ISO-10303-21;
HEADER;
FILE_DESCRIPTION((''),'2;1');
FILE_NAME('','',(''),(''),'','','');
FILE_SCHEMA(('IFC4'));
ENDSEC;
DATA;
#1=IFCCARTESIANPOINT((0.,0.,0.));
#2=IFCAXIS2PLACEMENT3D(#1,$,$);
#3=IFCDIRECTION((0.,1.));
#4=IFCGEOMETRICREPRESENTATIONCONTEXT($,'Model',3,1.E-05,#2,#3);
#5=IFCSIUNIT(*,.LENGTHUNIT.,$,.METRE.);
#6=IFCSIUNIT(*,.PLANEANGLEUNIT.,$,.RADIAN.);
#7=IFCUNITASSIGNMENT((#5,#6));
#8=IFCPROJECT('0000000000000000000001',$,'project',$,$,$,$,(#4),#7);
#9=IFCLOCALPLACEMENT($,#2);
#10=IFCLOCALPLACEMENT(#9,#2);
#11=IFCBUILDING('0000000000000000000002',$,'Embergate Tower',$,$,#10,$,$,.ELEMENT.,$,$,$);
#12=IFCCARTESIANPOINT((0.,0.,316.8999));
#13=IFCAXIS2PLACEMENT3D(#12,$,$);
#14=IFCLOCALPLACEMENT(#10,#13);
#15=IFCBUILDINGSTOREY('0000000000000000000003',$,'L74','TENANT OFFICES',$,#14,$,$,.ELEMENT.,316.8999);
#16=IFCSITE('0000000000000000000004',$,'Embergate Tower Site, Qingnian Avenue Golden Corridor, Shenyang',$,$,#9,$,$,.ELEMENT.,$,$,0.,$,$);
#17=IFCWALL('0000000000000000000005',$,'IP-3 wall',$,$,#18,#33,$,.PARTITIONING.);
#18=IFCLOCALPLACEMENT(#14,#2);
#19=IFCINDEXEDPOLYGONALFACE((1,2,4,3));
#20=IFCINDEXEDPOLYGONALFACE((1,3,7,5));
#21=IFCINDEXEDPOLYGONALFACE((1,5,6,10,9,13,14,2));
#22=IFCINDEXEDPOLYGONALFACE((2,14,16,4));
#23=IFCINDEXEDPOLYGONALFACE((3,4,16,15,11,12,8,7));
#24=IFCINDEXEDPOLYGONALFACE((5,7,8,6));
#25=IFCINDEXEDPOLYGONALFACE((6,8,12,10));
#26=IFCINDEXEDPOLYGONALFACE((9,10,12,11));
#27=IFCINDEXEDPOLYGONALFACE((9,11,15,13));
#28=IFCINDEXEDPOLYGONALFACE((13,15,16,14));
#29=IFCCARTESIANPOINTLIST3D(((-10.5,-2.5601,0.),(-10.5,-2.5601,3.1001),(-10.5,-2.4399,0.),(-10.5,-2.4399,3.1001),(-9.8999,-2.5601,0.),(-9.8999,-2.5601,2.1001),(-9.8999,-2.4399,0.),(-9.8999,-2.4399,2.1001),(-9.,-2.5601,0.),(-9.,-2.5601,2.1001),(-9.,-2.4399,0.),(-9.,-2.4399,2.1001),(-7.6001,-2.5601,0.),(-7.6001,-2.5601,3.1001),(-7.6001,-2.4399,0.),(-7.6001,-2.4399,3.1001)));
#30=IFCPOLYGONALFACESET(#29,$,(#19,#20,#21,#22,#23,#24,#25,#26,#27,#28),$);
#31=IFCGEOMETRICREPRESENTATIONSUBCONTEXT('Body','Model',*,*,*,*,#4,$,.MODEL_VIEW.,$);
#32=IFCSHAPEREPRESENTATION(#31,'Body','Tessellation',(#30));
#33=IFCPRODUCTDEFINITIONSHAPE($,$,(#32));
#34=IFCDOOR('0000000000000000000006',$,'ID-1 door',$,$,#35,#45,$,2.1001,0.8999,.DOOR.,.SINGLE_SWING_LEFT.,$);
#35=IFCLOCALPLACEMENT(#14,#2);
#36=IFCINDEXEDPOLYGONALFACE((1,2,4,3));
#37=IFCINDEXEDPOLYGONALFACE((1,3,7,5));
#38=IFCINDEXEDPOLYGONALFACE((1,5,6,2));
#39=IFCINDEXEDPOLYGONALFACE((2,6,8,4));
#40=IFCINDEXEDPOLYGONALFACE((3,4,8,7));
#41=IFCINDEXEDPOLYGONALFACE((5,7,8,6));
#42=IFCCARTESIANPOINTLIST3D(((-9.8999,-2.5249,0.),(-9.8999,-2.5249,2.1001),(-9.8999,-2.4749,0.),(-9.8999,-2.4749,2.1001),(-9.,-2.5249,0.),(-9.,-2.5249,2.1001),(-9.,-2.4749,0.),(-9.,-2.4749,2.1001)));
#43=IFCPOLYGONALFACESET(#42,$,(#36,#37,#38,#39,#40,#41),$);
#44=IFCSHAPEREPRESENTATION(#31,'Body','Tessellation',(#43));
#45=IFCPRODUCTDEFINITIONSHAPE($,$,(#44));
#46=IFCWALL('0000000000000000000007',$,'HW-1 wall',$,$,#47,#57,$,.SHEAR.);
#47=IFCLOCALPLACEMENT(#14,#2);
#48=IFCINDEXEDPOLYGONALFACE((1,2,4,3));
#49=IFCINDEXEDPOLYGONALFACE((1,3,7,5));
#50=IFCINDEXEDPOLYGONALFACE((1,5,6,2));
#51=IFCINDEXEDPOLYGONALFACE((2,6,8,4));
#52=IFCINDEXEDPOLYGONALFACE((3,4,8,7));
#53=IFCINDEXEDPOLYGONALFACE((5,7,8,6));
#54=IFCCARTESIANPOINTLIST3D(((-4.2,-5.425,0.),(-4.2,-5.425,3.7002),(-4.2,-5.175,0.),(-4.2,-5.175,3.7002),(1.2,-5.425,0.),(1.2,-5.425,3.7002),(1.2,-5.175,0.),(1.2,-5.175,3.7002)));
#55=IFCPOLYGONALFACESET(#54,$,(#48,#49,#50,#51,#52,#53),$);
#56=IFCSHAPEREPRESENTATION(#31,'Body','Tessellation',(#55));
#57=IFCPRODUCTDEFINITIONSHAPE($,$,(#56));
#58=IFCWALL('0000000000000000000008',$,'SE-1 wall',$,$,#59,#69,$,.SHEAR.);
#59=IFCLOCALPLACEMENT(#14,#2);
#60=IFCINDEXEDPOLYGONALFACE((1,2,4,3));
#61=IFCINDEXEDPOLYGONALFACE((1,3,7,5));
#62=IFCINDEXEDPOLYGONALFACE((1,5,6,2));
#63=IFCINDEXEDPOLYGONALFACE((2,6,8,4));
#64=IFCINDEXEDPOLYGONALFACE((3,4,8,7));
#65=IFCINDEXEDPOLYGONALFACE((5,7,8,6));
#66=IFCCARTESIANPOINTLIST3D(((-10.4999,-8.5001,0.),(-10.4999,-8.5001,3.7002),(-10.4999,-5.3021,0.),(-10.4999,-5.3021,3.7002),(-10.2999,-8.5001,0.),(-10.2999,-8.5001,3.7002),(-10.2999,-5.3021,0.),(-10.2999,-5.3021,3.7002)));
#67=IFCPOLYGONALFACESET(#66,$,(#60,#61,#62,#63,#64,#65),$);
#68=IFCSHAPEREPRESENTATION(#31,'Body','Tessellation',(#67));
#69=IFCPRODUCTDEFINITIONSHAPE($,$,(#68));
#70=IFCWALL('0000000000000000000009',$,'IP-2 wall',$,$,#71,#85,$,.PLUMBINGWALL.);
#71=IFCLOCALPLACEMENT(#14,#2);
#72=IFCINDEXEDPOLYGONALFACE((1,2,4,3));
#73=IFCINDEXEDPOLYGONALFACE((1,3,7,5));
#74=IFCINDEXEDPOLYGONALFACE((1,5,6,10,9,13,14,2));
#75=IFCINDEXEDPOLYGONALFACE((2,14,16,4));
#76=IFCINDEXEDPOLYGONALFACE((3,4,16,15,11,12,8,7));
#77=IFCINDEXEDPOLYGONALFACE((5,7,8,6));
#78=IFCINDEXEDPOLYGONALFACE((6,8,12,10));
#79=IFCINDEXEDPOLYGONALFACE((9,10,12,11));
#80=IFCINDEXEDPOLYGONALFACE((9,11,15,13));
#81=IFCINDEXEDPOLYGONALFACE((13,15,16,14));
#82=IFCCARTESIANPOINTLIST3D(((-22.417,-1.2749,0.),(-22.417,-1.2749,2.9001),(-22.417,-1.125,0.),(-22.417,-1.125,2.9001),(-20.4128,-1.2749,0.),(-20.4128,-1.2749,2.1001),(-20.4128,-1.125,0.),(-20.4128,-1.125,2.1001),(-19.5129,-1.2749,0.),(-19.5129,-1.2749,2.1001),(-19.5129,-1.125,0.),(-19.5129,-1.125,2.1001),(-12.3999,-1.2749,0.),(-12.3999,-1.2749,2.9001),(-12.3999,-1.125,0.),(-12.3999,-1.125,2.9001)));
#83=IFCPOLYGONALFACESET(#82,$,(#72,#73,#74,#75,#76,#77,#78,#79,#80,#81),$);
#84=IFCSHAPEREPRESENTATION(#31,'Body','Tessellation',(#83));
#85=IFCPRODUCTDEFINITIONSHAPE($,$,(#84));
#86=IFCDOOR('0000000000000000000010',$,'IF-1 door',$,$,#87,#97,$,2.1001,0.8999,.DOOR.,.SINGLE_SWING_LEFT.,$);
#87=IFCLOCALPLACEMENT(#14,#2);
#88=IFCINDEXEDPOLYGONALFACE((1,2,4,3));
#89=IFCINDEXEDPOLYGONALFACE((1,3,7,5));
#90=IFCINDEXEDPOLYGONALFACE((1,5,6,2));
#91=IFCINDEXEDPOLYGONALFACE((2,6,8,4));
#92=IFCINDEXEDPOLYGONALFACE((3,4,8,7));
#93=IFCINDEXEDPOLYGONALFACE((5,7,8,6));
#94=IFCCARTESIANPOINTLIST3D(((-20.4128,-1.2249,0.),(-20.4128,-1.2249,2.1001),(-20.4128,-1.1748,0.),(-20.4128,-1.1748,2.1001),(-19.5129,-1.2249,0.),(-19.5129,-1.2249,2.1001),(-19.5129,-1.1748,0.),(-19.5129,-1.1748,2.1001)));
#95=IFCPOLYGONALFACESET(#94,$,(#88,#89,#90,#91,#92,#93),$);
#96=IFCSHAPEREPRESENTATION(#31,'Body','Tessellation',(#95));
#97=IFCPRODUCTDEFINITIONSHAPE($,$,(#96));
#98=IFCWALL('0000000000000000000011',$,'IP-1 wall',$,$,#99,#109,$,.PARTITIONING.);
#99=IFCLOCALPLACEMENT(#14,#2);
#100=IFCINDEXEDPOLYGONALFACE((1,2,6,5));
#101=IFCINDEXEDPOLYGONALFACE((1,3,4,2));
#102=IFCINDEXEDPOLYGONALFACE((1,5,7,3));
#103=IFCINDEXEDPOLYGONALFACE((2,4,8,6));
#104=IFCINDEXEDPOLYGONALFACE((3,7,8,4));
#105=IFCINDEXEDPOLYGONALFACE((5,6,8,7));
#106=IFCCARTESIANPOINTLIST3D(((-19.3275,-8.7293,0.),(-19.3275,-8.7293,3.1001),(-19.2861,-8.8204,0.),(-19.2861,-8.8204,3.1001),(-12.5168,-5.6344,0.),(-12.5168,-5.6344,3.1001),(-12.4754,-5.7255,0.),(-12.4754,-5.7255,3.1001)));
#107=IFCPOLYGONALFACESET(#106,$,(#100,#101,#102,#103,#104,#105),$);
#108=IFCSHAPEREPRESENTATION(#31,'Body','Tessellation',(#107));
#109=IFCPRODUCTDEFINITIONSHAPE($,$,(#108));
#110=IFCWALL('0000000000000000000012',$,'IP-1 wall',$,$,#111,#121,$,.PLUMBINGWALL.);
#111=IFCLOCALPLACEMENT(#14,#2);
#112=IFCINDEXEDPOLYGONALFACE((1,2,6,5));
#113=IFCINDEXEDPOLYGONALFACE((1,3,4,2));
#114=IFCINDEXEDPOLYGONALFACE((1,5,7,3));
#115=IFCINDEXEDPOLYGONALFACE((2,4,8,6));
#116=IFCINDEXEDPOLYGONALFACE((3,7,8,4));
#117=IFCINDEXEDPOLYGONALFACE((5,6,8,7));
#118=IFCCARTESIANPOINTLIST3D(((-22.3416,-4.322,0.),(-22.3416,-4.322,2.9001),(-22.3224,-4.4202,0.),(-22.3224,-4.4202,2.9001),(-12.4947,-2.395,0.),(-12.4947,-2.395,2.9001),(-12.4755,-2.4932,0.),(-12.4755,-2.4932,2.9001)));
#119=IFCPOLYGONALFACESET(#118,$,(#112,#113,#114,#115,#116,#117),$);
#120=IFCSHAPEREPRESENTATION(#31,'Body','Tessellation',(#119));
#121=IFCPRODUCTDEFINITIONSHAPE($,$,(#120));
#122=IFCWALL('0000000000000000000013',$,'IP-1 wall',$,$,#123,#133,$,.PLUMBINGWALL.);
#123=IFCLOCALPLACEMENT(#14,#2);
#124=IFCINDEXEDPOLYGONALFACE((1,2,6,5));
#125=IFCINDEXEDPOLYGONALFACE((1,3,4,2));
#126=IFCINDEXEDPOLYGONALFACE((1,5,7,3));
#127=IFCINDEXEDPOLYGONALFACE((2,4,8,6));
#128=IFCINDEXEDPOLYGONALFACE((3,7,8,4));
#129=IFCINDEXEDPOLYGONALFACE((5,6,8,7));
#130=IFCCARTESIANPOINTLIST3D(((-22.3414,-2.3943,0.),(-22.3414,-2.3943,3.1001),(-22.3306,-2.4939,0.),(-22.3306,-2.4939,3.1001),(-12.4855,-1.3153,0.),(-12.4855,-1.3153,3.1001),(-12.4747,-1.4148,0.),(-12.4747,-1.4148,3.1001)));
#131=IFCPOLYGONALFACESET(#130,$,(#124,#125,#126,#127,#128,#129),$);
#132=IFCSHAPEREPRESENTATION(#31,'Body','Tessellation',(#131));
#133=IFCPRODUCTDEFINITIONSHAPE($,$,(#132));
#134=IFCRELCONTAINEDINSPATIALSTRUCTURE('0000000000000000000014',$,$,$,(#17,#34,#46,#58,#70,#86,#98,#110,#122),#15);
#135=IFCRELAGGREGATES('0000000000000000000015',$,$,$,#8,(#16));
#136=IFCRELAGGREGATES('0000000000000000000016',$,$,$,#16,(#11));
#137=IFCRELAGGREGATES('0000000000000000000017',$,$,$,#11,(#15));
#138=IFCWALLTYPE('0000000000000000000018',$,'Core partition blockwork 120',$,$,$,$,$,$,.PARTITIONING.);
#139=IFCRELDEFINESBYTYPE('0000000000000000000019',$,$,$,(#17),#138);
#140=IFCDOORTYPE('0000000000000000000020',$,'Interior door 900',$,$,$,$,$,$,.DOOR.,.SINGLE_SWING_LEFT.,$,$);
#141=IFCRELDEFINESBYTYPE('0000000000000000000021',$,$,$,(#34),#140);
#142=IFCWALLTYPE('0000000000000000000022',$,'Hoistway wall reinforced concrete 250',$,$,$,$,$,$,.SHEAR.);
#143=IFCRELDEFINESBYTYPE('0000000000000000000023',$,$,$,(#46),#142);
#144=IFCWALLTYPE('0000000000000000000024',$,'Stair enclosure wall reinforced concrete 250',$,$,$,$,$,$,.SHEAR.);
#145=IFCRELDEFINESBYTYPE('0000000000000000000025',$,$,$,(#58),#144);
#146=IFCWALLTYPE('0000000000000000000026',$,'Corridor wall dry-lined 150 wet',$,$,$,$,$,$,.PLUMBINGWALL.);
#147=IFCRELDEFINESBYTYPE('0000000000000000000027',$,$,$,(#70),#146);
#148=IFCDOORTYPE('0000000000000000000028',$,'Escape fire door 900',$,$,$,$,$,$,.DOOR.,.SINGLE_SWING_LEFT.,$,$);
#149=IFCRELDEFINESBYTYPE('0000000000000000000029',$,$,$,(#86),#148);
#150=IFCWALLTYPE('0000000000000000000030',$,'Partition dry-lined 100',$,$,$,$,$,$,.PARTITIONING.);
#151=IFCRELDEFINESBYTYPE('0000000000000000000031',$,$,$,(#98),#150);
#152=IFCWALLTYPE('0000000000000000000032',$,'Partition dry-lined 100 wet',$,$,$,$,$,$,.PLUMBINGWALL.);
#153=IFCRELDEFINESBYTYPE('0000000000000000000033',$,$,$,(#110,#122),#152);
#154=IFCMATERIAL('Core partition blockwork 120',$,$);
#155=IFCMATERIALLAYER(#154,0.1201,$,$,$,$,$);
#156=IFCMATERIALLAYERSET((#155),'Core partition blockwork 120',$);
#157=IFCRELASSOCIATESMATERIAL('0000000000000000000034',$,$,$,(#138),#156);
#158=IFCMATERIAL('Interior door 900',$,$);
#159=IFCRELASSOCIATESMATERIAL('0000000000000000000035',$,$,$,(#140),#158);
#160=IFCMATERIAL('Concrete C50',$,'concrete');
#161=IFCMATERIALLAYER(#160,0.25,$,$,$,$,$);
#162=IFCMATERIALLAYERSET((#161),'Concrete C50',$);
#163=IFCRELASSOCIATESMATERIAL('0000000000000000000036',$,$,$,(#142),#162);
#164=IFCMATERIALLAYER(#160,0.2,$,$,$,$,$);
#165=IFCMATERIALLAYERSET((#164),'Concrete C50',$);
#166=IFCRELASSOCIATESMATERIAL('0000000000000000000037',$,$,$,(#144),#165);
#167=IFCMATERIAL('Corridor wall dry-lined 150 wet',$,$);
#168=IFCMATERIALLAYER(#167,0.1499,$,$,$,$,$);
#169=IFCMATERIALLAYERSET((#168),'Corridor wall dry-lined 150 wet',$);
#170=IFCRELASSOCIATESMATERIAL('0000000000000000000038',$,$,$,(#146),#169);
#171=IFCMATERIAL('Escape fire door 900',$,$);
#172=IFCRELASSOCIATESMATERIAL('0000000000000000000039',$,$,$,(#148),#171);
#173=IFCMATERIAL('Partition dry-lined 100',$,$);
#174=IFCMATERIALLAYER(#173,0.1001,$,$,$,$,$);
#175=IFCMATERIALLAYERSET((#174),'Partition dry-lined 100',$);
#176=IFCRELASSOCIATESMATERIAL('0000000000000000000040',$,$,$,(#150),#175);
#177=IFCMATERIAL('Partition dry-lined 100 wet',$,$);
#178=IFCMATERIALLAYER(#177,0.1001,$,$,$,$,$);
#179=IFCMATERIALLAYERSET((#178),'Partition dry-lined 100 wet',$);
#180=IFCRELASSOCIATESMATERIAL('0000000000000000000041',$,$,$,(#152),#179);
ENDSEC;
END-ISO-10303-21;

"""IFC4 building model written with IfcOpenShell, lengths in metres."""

from ifc_helpers import new_model, si_unit, direction, frame, frame_2d, origin, place, context, subcontext, project, spatial, rectangle, extrude, source, transform, mapped, material, layer, layer_set, type_object, element, fill, save


model = new_model("IFC4")

# Units and contexts
model_context = context("Model", 3, precision=1e-05, world=origin(), true_north=direction((0.0, 1.0)))
body_context = subcontext(model_context, "Body", "Model", "MODEL_VIEW")
ifc_project = project(units=[si_unit("LENGTHUNIT", "METRE"), si_unit("PLANEANGLEUNIT", "RADIAN")], contexts=[model_context])

# Site, building, storey
site_placement = place(None, origin())
site = spatial("IfcSite", under=ifc_project, at=site_placement, Name="Embergate Tower Site, Qingnian Avenue Golden Corridor, Shenyang", CompositionType="ELEMENT", RefElevation=0.0)
building_placement = place(site_placement, origin())
building = spatial("IfcBuilding", under=site, at=building_placement, Name="Embergate Tower", CompositionType="ELEMENT")
storey_placement = place(building_placement, frame((0.0, 0.0, 316.8999)))
storey = spatial("IfcBuildingStorey", under=building, at=storey_placement, Name="L74", Description="TENANT OFFICES", CompositionType="ELEMENT", Elevation=316.8999)

# Shared definitions
ifc_material_1 = material(Name="Core partition blockwork 120")
ifc_layer_1 = layer(ifc_material_1, 0.1201)
ifc_layer_set_1 = layer_set([ifc_layer_1], Name="Core partition blockwork 120")
wall_type_1 = type_object("IfcWallType", Name="Core partition blockwork 120", PredefinedType="PARTITIONING", material=ifc_layer_set_1)
shared_shape_1 = source(origin(), body_context, "Body", "SweptSolid", [
    extrude(rectangle(XDim=0.8999, YDim=2.1001, at=frame_2d((0.45, 1.05))), frame((0.0, 0.0701, 0.0), z_axis=(0.0, -1.0, 0.0), x_axis=(1.0, 0.0, 0.0)), (0.0, 0.0, 1.0), 0.1401),
])
ifc_material_2 = material(Name="Interior door 900")
door_type_1 = type_object("IfcDoorType", Name="Interior door 900", OperationType="SINGLE_SWING_LEFT", PredefinedType="DOOR", material=ifc_material_2)
shared_shape_2 = source(origin(), body_context, "Body", "SweptSolid", [
    extrude(rectangle(XDim=0.8999, YDim=2.1001, at=frame_2d((0.45, 1.05))), frame((0.0, 0.0249, 0.0), z_axis=(0.0, -1.0, 0.0), x_axis=(1.0, 0.0, 0.0)), (0.0, 0.0, 1.0), 0.05),
])

# Shared definitions
ifc_material_3 = material(Name="Concrete C50", Category="concrete")
ifc_layer_2 = layer(ifc_material_3, 0.25)
ifc_layer_set_2 = layer_set([ifc_layer_2], Name="Concrete C50")
wall_type_2 = type_object("IfcWallType", Name="Hoistway wall reinforced concrete 250", PredefinedType="SHEAR", material=ifc_layer_set_2)

# Shared definitions
ifc_layer_3 = layer(ifc_material_3, 0.2)
ifc_layer_set_3 = layer_set([ifc_layer_3], Name="Concrete C50")
wall_type_3 = type_object("IfcWallType", Name="Stair enclosure wall reinforced concrete 250", PredefinedType="SHEAR", material=ifc_layer_set_3)

# Wall, opening, door
shared_shape_3 = source(origin(), body_context, "Body", "SweptSolid", [
    extrude(rectangle(XDim=2.8999, YDim=0.1201, at=frame_2d((1.45, 0.0))), origin(), (0.0, 0.0, 1.0), 3.1001),
])
wall_1_placement = place(storey_placement, frame((-7.6001, -2.5, 0.0), z_axis=(0.0, 0.0, 1.0), x_axis=(-1.0, 0.0, 0.0)))
wall_1 = element("IfcWall", 1, at=wall_1_placement, inside=storey, type_object=wall_type_1, Name="IP-3 wall", PredefinedType="PARTITIONING", context=body_context, shape_type="MappedRepresentation", body=[
    mapped(shared_shape_3, transform((0.0, 0.0, 0.0))),
])
opening_1_placement = place(wall_1_placement, frame((1.3999, 0.0, 0.0)))
opening_1 = element("IfcOpeningElement", 2, at=opening_1_placement, cuts=wall_1, PredefinedType="OPENING", context=body_context, shape_type="MappedRepresentation", body=[
    mapped(shared_shape_1, transform((0.0, 0.0, 0.0))),
])
door_1_placement = place(opening_1_placement, origin())
door_1 = element("IfcDoor", 3, at=door_1_placement, inside=storey, type_object=door_type_1, Name="ID-1 door", OperationType="SINGLE_SWING_LEFT", OverallHeight=2.1001, OverallWidth=0.8999, PredefinedType="DOOR", context=body_context, shape_type="MappedRepresentation", body=[
    mapped(shared_shape_2, transform((0.0, 0.0, 0.0))),
])
fill(opening_1, door_1)

# Walls
shared_shape_4 = source(origin(), body_context, "Body", "SweptSolid", [
    extrude(rectangle(XDim=5.3999, YDim=0.25, at=frame_2d((2.7, 0.0))), origin(), (0.0, 0.0, 1.0), 3.7002),
])
wall_2_placement = place(storey_placement, frame((-4.2, -5.3, 0.0), z_axis=(0.0, 0.0, 1.0), x_axis=(1.0, 0.0, 0.0)))
element("IfcWall", 4, at=wall_2_placement, inside=storey, type_object=wall_type_2, Name="HW-1 wall", PredefinedType="SHEAR", context=body_context, shape_type="MappedRepresentation", body=[
    mapped(shared_shape_4, transform((0.0, 0.0, 0.0))),
])
shared_shape_5 = source(origin(), body_context, "Body", "SweptSolid", [
    extrude(rectangle(XDim=3.198, YDim=0.2, at=frame_2d((1.5991, 0.0))), origin(), (0.0, 0.0, 1.0), 3.7002),
])
wall_3_placement = place(storey_placement, frame((-10.3999, -5.302, 0.0), z_axis=(0.0, 0.0, 1.0), x_axis=(0.0, -1.0, 0.0)))
element("IfcWall", 5, at=wall_3_placement, inside=storey, type_object=wall_type_3, Name="SE-1 wall", PredefinedType="SHEAR", context=body_context, shape_type="MappedRepresentation", body=[
    mapped(shared_shape_5, transform((0.0, 0.0, 0.0))),
])

# Wall, opening, door
ifc_material_4 = material(Name="Corridor wall dry-lined 150 wet")
ifc_layer_4 = layer(ifc_material_4, 0.1499)
ifc_layer_set_4 = layer_set([ifc_layer_4], Name="Corridor wall dry-lined 150 wet")
wall_type_4 = type_object("IfcWallType", Name="Corridor wall dry-lined 150 wet", PredefinedType="PLUMBINGWALL", material=ifc_layer_set_4)
shared_shape_6 = source(origin(), body_context, "Body", "SweptSolid", [
    extrude(rectangle(XDim=10.0171, YDim=0.1499, at=frame_2d((5.0085, 0.0))), origin(), (0.0, 0.0, 1.0), 2.9001),
])
wall_4_placement = place(storey_placement, frame((-12.3999, -1.2, 0.0), z_axis=(0.0, 0.0, 1.0), x_axis=(-1.0, 0.0, 0.0)))
wall_4 = element("IfcWall", 6, at=wall_4_placement, inside=storey, type_object=wall_type_4, Name="IP-2 wall", PredefinedType="PLUMBINGWALL", context=body_context, shape_type="MappedRepresentation", body=[
    mapped(shared_shape_6, transform((0.0, 0.0, 0.0))),
])
shared_shape_7 = source(origin(), body_context, "Body", "SweptSolid", [
    extrude(rectangle(XDim=0.8999, YDim=2.1001, at=frame_2d((0.45, 1.05))), frame((0.0, 0.085, 0.0), z_axis=(0.0, -1.0, 0.0), x_axis=(1.0, 0.0, 0.0)), (0.0, 0.0, 1.0), 0.1699),
])
opening_2_placement = place(wall_4_placement, frame((7.113, 0.0, 0.0)))
opening_2 = element("IfcOpeningElement", 7, at=opening_2_placement, cuts=wall_4, PredefinedType="OPENING", context=body_context, shape_type="MappedRepresentation", body=[
    mapped(shared_shape_7, transform((0.0, 0.0, 0.0))),
])
ifc_material_5 = material(Name="Escape fire door 900")
door_type_2 = type_object("IfcDoorType", Name="Escape fire door 900", OperationType="SINGLE_SWING_LEFT", PredefinedType="DOOR", material=ifc_material_5)
door_2_placement = place(opening_2_placement, origin())
door_2 = element("IfcDoor", 8, at=door_2_placement, inside=storey, type_object=door_type_2, Name="IF-1 door", OperationType="SINGLE_SWING_LEFT", OverallHeight=2.1001, OverallWidth=0.8999, PredefinedType="DOOR", context=body_context, shape_type="MappedRepresentation", body=[
    mapped(shared_shape_2, transform((0.0, 0.0, 0.0))),
])
fill(opening_2, door_2)

# Walls
ifc_material_6 = material(Name="Partition dry-lined 100")
ifc_layer_5 = layer(ifc_material_6, 0.1001)
ifc_layer_set_5 = layer_set([ifc_layer_5], Name="Partition dry-lined 100")
wall_type_5 = type_object("IfcWallType", Name="Partition dry-lined 100", PredefinedType="PARTITIONING", material=ifc_layer_set_5)
shared_shape_8 = source(origin(), body_context, "Body", "SweptSolid", [
    extrude(rectangle(XDim=7.481, YDim=0.1001, at=frame_2d((3.7405, 0.0))), origin(), (0.0, 0.0, 1.0), 3.1001),
])
wall_5_placement = place(storey_placement, frame((-12.4961, -5.6799, 0.0), z_axis=(0.0, 0.0, 1.0), x_axis=(-0.910409, -0.41371, 0.0)))
element("IfcWall", 9, at=wall_5_placement, inside=storey, type_object=wall_type_5, Name="IP-1 wall", PredefinedType="PARTITIONING", context=body_context, shape_type="MappedRepresentation", body=[
    mapped(shared_shape_8, transform((0.0, 0.0, 0.0))),
])
ifc_material_7 = material(Name="Partition dry-lined 100 wet")
ifc_layer_6 = layer(ifc_material_7, 0.1001)
ifc_layer_set_6 = layer_set([ifc_layer_6], Name="Partition dry-lined 100 wet")
wall_type_6 = type_object("IfcWallType", Name="Partition dry-lined 100 wet", PredefinedType="PLUMBINGWALL", material=ifc_layer_set_6)
shared_shape_9 = source(origin(), body_context, "Body", "SweptSolid", [
    extrude(rectangle(XDim=10.0337, YDim=0.1001, at=frame_2d((5.0168, 0.0))), origin(), (0.0, 0.0, 1.0), 2.9001),
])
wall_6_placement = place(storey_placement, frame((-12.4851, -2.4441, 0.0), z_axis=(0.0, 0.0, 1.0), x_axis=(-0.981385, -0.192053, 0.0)))
element("IfcWall", 10, at=wall_6_placement, inside=storey, type_object=wall_type_6, Name="IP-1 wall", PredefinedType="PLUMBINGWALL", context=body_context, shape_type="MappedRepresentation", body=[
    mapped(shared_shape_9, transform((0.0, 0.0, 0.0))),
])
shared_shape_10 = source(origin(), body_context, "Body", "SweptSolid", [
    extrude(rectangle(XDim=9.9148, YDim=0.1001, at=frame_2d((4.9575, 0.0))), origin(), (0.0, 0.0, 1.0), 3.1001),
])
wall_7_placement = place(storey_placement, frame((-12.48, -1.365, 0.0), z_axis=(0.0, 0.0, 1.0), x_axis=(-0.99406, -0.108837, 0.0)))
element("IfcWall", 11, at=wall_7_placement, inside=storey, type_object=wall_type_6, Name="IP-1 wall", PredefinedType="PLUMBINGWALL", context=body_context, shape_type="MappedRepresentation", body=[
    mapped(shared_shape_10, transform((0.0, 0.0, 0.0))),
])

save(model, "model.ifc")
